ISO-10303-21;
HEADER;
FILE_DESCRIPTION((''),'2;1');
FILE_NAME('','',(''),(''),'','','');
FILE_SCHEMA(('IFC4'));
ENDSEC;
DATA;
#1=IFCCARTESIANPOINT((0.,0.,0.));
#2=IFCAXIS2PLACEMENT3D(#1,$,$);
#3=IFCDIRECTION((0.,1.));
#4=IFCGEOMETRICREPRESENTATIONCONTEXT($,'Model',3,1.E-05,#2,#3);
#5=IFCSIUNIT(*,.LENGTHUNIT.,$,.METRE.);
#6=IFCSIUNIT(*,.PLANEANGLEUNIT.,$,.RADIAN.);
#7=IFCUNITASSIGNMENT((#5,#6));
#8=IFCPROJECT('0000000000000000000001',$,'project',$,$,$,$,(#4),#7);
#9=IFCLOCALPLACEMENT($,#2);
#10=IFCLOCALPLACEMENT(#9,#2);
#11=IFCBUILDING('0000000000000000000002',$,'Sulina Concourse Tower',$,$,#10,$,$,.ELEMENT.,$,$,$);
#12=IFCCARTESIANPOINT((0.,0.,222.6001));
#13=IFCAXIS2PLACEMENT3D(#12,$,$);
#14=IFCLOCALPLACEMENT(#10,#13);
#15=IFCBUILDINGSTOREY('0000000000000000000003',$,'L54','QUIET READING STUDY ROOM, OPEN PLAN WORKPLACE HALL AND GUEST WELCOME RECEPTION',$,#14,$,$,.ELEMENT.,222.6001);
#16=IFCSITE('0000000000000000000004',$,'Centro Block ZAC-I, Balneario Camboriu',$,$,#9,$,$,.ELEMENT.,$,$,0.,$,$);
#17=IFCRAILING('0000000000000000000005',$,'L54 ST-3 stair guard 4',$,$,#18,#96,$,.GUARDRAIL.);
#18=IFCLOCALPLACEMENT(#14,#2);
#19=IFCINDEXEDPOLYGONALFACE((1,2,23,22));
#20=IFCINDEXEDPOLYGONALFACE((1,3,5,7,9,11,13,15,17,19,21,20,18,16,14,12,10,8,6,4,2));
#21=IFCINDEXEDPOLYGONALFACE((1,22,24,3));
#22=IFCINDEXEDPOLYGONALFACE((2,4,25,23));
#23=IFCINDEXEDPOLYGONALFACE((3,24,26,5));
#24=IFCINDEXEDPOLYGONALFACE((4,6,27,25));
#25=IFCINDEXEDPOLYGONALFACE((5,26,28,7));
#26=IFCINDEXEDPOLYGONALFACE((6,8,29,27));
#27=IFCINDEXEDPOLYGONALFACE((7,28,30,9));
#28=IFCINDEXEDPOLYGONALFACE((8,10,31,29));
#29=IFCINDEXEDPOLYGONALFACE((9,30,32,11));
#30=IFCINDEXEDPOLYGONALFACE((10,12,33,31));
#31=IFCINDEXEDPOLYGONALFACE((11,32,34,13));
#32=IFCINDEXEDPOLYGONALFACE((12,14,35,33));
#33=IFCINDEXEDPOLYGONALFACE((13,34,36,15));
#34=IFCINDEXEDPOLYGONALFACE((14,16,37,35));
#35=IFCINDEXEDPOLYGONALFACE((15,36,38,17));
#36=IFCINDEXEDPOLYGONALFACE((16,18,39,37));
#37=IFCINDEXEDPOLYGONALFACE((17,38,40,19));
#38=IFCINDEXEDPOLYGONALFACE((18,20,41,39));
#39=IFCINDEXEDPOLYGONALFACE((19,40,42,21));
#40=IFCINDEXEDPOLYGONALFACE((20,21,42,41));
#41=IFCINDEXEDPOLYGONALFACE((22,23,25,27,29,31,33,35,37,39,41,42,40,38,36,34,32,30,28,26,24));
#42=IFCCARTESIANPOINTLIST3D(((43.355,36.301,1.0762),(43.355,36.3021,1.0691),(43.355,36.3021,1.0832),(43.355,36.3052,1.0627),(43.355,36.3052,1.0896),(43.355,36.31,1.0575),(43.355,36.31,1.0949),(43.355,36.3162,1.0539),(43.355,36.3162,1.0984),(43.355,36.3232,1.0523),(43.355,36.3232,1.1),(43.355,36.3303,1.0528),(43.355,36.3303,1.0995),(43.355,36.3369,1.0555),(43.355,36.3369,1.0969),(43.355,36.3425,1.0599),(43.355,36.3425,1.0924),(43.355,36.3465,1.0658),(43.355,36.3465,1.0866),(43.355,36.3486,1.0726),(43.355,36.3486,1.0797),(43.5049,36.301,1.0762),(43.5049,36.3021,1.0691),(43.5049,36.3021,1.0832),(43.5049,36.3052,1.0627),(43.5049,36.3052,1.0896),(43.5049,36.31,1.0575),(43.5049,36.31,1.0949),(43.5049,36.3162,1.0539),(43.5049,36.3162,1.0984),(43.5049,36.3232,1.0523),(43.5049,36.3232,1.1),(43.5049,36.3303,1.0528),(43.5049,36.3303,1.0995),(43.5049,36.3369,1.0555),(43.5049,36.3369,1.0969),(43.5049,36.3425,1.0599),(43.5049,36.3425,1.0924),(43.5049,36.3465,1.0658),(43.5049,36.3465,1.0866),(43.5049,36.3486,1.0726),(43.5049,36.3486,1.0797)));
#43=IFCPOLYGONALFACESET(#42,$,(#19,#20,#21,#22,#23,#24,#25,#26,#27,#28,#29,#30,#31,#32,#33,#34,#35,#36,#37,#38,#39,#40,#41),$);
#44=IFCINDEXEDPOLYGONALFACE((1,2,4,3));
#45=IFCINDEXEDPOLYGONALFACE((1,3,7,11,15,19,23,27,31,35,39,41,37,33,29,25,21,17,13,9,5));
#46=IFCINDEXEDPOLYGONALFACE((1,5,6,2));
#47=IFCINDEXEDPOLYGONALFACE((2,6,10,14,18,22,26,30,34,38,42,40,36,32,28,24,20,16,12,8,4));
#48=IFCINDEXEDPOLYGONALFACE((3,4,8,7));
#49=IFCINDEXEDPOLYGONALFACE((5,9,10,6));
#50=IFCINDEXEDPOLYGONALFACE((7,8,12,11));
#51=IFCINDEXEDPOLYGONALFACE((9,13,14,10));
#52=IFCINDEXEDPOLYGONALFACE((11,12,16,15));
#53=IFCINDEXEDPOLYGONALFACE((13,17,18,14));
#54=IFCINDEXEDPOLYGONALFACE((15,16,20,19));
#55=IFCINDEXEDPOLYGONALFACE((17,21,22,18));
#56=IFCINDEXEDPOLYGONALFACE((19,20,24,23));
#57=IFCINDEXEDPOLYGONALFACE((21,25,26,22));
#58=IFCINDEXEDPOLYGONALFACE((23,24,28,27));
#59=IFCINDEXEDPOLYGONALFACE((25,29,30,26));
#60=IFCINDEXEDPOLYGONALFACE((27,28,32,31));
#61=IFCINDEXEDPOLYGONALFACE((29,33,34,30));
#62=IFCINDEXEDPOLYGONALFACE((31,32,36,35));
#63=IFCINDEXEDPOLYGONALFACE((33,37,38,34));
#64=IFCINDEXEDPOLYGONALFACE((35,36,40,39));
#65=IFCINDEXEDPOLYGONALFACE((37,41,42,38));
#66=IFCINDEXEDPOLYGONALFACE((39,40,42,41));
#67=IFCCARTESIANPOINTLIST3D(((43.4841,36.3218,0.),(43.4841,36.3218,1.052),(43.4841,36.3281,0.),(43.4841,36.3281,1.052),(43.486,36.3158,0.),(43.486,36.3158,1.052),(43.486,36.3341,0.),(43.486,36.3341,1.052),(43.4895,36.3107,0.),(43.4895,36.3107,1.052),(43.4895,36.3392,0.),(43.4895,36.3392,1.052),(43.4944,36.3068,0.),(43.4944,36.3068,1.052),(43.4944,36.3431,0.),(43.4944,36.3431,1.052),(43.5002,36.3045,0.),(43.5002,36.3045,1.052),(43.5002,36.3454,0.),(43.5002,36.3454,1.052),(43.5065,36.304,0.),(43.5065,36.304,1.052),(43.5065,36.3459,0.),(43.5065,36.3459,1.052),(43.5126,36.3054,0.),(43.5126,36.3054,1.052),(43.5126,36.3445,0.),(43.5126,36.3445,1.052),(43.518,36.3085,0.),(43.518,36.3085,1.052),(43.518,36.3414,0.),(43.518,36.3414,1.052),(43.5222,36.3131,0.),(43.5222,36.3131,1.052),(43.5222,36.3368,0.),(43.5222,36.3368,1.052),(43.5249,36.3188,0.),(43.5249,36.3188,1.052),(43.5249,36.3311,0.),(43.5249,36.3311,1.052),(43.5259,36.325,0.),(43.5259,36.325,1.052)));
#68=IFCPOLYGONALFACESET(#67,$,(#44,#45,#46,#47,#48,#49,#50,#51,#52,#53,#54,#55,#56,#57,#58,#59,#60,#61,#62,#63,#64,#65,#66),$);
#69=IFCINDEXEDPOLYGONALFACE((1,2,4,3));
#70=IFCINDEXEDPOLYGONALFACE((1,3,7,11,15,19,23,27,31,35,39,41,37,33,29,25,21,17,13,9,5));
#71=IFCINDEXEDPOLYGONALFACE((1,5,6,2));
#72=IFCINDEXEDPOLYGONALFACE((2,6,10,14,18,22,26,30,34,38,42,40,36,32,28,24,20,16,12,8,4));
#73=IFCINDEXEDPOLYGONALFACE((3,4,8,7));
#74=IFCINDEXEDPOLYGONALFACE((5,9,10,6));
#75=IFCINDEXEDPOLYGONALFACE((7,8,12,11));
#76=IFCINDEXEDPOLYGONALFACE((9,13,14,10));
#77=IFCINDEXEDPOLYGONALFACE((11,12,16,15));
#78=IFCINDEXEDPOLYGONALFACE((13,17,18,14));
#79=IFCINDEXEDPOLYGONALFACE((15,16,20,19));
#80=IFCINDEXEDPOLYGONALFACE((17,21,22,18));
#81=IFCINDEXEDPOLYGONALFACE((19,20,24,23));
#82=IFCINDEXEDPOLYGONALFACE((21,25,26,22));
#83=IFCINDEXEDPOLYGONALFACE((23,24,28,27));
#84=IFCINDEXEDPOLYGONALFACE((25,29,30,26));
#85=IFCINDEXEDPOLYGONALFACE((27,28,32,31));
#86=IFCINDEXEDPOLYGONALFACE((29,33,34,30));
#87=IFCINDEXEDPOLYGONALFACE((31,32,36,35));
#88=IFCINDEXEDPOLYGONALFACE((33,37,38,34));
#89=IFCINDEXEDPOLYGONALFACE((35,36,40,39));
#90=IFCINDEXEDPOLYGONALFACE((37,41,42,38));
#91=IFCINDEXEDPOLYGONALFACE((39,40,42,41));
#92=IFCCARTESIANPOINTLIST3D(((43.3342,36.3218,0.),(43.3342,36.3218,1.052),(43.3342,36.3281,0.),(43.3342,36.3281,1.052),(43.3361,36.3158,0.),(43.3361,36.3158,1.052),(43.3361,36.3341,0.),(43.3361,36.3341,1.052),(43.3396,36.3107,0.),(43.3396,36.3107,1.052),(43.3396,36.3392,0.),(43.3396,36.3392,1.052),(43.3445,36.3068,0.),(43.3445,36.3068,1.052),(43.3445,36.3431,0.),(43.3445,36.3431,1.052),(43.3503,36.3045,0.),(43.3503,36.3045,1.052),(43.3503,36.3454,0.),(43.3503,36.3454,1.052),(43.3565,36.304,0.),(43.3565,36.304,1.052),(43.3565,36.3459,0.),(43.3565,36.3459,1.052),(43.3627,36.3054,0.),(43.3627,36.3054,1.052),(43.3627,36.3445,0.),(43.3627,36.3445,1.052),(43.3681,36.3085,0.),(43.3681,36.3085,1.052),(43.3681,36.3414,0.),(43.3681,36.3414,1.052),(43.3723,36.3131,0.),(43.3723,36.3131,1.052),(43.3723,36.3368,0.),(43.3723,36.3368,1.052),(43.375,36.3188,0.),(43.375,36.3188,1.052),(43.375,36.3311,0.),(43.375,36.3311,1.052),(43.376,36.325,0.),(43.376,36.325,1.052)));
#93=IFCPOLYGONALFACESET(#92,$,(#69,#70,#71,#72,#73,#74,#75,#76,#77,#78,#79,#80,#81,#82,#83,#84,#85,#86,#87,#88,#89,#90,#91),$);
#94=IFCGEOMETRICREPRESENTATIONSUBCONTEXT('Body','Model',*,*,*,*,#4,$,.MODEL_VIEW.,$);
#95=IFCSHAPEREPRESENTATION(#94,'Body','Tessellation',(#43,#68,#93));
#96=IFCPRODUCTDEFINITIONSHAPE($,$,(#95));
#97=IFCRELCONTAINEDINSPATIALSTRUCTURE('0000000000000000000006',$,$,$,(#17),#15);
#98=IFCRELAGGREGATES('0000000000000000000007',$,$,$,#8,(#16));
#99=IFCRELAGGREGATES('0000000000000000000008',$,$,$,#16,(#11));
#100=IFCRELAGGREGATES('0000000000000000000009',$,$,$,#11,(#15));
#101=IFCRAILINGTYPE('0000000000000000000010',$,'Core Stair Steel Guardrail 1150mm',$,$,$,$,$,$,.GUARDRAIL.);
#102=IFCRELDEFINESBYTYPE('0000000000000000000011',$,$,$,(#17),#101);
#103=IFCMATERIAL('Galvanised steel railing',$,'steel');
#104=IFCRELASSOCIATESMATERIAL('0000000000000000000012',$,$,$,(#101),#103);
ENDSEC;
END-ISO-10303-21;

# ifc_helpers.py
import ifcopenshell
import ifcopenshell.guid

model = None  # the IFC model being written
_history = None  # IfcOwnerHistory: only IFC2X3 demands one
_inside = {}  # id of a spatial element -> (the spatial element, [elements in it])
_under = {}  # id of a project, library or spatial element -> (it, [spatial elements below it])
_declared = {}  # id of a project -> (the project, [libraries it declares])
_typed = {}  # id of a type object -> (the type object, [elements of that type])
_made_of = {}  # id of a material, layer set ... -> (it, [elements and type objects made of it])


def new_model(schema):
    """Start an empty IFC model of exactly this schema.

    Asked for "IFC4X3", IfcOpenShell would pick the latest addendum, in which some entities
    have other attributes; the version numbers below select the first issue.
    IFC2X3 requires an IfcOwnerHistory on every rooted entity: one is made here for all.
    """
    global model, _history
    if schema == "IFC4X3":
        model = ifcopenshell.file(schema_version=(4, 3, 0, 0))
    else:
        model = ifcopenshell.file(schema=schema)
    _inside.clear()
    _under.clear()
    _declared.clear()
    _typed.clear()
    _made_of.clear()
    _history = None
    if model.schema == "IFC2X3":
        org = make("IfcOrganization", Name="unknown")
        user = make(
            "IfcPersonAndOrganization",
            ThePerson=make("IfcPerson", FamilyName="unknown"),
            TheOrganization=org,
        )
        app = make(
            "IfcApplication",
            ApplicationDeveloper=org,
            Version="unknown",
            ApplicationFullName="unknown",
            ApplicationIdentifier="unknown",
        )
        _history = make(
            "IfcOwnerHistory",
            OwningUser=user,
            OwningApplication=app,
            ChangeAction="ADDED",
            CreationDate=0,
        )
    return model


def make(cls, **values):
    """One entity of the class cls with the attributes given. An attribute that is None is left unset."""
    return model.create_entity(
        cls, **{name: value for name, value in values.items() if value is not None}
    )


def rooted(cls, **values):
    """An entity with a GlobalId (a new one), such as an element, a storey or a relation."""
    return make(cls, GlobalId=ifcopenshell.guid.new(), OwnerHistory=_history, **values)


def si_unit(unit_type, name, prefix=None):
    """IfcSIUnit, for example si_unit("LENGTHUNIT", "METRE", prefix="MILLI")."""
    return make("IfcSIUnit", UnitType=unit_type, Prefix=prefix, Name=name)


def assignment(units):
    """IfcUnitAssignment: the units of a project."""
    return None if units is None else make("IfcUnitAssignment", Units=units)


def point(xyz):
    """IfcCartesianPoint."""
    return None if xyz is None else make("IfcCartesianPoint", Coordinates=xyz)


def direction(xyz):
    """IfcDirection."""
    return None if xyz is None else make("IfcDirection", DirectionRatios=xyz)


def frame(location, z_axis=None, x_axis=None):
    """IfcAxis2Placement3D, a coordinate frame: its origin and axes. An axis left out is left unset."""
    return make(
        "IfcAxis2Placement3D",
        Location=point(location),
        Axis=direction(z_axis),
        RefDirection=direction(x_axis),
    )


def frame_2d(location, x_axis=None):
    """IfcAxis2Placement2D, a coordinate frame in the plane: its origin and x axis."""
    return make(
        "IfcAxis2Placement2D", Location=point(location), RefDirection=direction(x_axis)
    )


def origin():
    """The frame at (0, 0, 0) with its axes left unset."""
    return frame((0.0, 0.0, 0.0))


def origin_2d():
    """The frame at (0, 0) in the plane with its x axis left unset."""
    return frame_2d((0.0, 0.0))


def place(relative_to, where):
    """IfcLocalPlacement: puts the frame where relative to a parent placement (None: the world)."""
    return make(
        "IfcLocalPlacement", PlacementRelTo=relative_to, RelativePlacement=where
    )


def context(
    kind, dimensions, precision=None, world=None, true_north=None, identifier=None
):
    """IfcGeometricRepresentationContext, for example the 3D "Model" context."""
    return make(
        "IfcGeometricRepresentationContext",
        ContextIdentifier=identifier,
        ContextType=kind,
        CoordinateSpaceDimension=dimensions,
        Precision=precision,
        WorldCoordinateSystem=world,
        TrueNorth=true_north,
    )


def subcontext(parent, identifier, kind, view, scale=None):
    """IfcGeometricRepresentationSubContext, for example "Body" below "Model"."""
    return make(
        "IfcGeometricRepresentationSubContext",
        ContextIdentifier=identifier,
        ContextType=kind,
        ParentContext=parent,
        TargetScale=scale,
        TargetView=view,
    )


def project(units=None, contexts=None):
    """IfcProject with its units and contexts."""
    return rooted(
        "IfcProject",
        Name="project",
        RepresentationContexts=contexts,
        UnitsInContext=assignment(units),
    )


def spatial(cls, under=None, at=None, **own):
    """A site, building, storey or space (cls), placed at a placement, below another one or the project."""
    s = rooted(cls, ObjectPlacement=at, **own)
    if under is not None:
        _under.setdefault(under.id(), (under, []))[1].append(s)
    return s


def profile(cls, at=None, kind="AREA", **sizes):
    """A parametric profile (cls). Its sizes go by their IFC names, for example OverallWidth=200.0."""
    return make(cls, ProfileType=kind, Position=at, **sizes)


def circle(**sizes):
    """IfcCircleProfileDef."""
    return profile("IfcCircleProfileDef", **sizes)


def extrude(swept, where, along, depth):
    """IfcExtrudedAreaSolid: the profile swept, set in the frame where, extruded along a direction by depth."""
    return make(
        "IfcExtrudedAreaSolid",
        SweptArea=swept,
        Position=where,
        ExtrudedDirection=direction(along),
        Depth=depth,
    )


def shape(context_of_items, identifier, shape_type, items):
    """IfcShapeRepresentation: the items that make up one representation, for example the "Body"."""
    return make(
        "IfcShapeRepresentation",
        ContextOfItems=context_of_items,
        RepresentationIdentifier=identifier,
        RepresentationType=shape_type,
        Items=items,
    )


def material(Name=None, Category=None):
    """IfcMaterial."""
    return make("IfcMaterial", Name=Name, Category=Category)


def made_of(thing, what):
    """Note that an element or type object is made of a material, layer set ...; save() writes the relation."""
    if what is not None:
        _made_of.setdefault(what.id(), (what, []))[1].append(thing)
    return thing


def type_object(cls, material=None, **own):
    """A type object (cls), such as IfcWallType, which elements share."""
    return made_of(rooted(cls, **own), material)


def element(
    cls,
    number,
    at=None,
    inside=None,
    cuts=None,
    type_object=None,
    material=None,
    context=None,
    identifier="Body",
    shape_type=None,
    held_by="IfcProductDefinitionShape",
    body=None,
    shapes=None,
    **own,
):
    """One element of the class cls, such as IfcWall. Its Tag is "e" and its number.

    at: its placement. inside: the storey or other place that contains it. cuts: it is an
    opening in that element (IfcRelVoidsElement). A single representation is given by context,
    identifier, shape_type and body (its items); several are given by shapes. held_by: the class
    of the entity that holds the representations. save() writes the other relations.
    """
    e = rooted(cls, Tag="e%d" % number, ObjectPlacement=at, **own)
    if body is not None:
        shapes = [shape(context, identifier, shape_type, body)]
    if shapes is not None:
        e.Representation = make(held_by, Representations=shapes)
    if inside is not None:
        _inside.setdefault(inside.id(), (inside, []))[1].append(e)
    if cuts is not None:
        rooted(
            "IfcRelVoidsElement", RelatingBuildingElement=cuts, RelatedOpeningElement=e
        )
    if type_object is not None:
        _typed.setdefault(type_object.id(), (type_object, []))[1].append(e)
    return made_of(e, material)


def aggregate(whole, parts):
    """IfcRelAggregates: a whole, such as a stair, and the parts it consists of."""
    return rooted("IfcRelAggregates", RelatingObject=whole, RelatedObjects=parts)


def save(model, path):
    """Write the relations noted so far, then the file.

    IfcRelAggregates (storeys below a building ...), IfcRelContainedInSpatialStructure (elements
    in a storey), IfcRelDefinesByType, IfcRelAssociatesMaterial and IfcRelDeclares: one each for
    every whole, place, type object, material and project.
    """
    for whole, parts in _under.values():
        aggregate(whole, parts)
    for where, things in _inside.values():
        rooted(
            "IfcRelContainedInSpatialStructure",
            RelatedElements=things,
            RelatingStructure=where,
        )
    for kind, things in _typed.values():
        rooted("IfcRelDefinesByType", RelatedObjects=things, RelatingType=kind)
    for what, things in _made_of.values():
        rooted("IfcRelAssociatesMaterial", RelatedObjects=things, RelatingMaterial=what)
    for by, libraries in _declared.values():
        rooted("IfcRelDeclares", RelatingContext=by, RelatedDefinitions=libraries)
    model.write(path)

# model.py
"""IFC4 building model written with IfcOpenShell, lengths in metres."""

from ifc_helpers import new_model, si_unit, direction, frame, origin, origin_2d, place, context, subcontext, project, spatial, circle, extrude, material, type_object, element, save


model = new_model("IFC4")

# Units and contexts
model_context = context("Model", 3, precision=1e-05, world=origin(), true_north=direction((0.0, 1.0)))
body_context = subcontext(model_context, "Body", "Model", "MODEL_VIEW")
ifc_project = project(units=[si_unit("LENGTHUNIT", "METRE"), si_unit("PLANEANGLEUNIT", "RADIAN")], contexts=[model_context])

# Site, building, storey
site_placement = place(None, origin())
site = spatial("IfcSite", under=ifc_project, at=site_placement, Name="Centro Block ZAC-I, Balneario Camboriu", CompositionType="ELEMENT", RefElevation=0.0)
building_placement = place(site_placement, origin())
building = spatial("IfcBuilding", under=site, at=building_placement, Name="Sulina Concourse Tower", CompositionType="ELEMENT")
storey_placement = place(building_placement, frame((0.0, 0.0, 222.6001)))
storey = spatial("IfcBuildingStorey", under=building, at=storey_placement, Name="L54", Description="QUIET READING STUDY ROOM, OPEN PLAN WORKPLACE HALL AND GUEST WELCOME RECEPTION", CompositionType="ELEMENT", Elevation=222.6001)

# Railing
ifc_material_1 = material(Name="Galvanised steel railing", Category="steel")
railing_type_1 = type_object("IfcRailingType", Name="Core Stair Steel Guardrail 1150mm", PredefinedType="GUARDRAIL", material=ifc_material_1)
railing_1_placement = place(storey_placement, frame((43.5049, 36.325, 0.0)))
element("IfcRailing", 1, at=railing_1_placement, inside=storey, type_object=railing_type_1, Name="L54 ST-3 stair guard 4", PredefinedType="GUARDRAIL", context=body_context, shape_type="SweptSolid", body=[
    extrude(circle(Radius=0.0239, at=origin_2d()), frame((0.0, 0.0, 1.0762), z_axis=(-1.0, 0.0, 0.0), x_axis=(0.0, -1.0, 0.0)), (0.0, 0.0, 1.0), 0.1499),
    extrude(circle(Radius=0.021, at=origin_2d()), origin(), (0.0, 0.0, 1.0), 1.052),
    extrude(circle(Radius=0.021, at=origin_2d()), frame((-0.1499, 0.0, 0.0)), (0.0, 0.0, 1.0), 1.052),
])

save(model, "model.ifc")
